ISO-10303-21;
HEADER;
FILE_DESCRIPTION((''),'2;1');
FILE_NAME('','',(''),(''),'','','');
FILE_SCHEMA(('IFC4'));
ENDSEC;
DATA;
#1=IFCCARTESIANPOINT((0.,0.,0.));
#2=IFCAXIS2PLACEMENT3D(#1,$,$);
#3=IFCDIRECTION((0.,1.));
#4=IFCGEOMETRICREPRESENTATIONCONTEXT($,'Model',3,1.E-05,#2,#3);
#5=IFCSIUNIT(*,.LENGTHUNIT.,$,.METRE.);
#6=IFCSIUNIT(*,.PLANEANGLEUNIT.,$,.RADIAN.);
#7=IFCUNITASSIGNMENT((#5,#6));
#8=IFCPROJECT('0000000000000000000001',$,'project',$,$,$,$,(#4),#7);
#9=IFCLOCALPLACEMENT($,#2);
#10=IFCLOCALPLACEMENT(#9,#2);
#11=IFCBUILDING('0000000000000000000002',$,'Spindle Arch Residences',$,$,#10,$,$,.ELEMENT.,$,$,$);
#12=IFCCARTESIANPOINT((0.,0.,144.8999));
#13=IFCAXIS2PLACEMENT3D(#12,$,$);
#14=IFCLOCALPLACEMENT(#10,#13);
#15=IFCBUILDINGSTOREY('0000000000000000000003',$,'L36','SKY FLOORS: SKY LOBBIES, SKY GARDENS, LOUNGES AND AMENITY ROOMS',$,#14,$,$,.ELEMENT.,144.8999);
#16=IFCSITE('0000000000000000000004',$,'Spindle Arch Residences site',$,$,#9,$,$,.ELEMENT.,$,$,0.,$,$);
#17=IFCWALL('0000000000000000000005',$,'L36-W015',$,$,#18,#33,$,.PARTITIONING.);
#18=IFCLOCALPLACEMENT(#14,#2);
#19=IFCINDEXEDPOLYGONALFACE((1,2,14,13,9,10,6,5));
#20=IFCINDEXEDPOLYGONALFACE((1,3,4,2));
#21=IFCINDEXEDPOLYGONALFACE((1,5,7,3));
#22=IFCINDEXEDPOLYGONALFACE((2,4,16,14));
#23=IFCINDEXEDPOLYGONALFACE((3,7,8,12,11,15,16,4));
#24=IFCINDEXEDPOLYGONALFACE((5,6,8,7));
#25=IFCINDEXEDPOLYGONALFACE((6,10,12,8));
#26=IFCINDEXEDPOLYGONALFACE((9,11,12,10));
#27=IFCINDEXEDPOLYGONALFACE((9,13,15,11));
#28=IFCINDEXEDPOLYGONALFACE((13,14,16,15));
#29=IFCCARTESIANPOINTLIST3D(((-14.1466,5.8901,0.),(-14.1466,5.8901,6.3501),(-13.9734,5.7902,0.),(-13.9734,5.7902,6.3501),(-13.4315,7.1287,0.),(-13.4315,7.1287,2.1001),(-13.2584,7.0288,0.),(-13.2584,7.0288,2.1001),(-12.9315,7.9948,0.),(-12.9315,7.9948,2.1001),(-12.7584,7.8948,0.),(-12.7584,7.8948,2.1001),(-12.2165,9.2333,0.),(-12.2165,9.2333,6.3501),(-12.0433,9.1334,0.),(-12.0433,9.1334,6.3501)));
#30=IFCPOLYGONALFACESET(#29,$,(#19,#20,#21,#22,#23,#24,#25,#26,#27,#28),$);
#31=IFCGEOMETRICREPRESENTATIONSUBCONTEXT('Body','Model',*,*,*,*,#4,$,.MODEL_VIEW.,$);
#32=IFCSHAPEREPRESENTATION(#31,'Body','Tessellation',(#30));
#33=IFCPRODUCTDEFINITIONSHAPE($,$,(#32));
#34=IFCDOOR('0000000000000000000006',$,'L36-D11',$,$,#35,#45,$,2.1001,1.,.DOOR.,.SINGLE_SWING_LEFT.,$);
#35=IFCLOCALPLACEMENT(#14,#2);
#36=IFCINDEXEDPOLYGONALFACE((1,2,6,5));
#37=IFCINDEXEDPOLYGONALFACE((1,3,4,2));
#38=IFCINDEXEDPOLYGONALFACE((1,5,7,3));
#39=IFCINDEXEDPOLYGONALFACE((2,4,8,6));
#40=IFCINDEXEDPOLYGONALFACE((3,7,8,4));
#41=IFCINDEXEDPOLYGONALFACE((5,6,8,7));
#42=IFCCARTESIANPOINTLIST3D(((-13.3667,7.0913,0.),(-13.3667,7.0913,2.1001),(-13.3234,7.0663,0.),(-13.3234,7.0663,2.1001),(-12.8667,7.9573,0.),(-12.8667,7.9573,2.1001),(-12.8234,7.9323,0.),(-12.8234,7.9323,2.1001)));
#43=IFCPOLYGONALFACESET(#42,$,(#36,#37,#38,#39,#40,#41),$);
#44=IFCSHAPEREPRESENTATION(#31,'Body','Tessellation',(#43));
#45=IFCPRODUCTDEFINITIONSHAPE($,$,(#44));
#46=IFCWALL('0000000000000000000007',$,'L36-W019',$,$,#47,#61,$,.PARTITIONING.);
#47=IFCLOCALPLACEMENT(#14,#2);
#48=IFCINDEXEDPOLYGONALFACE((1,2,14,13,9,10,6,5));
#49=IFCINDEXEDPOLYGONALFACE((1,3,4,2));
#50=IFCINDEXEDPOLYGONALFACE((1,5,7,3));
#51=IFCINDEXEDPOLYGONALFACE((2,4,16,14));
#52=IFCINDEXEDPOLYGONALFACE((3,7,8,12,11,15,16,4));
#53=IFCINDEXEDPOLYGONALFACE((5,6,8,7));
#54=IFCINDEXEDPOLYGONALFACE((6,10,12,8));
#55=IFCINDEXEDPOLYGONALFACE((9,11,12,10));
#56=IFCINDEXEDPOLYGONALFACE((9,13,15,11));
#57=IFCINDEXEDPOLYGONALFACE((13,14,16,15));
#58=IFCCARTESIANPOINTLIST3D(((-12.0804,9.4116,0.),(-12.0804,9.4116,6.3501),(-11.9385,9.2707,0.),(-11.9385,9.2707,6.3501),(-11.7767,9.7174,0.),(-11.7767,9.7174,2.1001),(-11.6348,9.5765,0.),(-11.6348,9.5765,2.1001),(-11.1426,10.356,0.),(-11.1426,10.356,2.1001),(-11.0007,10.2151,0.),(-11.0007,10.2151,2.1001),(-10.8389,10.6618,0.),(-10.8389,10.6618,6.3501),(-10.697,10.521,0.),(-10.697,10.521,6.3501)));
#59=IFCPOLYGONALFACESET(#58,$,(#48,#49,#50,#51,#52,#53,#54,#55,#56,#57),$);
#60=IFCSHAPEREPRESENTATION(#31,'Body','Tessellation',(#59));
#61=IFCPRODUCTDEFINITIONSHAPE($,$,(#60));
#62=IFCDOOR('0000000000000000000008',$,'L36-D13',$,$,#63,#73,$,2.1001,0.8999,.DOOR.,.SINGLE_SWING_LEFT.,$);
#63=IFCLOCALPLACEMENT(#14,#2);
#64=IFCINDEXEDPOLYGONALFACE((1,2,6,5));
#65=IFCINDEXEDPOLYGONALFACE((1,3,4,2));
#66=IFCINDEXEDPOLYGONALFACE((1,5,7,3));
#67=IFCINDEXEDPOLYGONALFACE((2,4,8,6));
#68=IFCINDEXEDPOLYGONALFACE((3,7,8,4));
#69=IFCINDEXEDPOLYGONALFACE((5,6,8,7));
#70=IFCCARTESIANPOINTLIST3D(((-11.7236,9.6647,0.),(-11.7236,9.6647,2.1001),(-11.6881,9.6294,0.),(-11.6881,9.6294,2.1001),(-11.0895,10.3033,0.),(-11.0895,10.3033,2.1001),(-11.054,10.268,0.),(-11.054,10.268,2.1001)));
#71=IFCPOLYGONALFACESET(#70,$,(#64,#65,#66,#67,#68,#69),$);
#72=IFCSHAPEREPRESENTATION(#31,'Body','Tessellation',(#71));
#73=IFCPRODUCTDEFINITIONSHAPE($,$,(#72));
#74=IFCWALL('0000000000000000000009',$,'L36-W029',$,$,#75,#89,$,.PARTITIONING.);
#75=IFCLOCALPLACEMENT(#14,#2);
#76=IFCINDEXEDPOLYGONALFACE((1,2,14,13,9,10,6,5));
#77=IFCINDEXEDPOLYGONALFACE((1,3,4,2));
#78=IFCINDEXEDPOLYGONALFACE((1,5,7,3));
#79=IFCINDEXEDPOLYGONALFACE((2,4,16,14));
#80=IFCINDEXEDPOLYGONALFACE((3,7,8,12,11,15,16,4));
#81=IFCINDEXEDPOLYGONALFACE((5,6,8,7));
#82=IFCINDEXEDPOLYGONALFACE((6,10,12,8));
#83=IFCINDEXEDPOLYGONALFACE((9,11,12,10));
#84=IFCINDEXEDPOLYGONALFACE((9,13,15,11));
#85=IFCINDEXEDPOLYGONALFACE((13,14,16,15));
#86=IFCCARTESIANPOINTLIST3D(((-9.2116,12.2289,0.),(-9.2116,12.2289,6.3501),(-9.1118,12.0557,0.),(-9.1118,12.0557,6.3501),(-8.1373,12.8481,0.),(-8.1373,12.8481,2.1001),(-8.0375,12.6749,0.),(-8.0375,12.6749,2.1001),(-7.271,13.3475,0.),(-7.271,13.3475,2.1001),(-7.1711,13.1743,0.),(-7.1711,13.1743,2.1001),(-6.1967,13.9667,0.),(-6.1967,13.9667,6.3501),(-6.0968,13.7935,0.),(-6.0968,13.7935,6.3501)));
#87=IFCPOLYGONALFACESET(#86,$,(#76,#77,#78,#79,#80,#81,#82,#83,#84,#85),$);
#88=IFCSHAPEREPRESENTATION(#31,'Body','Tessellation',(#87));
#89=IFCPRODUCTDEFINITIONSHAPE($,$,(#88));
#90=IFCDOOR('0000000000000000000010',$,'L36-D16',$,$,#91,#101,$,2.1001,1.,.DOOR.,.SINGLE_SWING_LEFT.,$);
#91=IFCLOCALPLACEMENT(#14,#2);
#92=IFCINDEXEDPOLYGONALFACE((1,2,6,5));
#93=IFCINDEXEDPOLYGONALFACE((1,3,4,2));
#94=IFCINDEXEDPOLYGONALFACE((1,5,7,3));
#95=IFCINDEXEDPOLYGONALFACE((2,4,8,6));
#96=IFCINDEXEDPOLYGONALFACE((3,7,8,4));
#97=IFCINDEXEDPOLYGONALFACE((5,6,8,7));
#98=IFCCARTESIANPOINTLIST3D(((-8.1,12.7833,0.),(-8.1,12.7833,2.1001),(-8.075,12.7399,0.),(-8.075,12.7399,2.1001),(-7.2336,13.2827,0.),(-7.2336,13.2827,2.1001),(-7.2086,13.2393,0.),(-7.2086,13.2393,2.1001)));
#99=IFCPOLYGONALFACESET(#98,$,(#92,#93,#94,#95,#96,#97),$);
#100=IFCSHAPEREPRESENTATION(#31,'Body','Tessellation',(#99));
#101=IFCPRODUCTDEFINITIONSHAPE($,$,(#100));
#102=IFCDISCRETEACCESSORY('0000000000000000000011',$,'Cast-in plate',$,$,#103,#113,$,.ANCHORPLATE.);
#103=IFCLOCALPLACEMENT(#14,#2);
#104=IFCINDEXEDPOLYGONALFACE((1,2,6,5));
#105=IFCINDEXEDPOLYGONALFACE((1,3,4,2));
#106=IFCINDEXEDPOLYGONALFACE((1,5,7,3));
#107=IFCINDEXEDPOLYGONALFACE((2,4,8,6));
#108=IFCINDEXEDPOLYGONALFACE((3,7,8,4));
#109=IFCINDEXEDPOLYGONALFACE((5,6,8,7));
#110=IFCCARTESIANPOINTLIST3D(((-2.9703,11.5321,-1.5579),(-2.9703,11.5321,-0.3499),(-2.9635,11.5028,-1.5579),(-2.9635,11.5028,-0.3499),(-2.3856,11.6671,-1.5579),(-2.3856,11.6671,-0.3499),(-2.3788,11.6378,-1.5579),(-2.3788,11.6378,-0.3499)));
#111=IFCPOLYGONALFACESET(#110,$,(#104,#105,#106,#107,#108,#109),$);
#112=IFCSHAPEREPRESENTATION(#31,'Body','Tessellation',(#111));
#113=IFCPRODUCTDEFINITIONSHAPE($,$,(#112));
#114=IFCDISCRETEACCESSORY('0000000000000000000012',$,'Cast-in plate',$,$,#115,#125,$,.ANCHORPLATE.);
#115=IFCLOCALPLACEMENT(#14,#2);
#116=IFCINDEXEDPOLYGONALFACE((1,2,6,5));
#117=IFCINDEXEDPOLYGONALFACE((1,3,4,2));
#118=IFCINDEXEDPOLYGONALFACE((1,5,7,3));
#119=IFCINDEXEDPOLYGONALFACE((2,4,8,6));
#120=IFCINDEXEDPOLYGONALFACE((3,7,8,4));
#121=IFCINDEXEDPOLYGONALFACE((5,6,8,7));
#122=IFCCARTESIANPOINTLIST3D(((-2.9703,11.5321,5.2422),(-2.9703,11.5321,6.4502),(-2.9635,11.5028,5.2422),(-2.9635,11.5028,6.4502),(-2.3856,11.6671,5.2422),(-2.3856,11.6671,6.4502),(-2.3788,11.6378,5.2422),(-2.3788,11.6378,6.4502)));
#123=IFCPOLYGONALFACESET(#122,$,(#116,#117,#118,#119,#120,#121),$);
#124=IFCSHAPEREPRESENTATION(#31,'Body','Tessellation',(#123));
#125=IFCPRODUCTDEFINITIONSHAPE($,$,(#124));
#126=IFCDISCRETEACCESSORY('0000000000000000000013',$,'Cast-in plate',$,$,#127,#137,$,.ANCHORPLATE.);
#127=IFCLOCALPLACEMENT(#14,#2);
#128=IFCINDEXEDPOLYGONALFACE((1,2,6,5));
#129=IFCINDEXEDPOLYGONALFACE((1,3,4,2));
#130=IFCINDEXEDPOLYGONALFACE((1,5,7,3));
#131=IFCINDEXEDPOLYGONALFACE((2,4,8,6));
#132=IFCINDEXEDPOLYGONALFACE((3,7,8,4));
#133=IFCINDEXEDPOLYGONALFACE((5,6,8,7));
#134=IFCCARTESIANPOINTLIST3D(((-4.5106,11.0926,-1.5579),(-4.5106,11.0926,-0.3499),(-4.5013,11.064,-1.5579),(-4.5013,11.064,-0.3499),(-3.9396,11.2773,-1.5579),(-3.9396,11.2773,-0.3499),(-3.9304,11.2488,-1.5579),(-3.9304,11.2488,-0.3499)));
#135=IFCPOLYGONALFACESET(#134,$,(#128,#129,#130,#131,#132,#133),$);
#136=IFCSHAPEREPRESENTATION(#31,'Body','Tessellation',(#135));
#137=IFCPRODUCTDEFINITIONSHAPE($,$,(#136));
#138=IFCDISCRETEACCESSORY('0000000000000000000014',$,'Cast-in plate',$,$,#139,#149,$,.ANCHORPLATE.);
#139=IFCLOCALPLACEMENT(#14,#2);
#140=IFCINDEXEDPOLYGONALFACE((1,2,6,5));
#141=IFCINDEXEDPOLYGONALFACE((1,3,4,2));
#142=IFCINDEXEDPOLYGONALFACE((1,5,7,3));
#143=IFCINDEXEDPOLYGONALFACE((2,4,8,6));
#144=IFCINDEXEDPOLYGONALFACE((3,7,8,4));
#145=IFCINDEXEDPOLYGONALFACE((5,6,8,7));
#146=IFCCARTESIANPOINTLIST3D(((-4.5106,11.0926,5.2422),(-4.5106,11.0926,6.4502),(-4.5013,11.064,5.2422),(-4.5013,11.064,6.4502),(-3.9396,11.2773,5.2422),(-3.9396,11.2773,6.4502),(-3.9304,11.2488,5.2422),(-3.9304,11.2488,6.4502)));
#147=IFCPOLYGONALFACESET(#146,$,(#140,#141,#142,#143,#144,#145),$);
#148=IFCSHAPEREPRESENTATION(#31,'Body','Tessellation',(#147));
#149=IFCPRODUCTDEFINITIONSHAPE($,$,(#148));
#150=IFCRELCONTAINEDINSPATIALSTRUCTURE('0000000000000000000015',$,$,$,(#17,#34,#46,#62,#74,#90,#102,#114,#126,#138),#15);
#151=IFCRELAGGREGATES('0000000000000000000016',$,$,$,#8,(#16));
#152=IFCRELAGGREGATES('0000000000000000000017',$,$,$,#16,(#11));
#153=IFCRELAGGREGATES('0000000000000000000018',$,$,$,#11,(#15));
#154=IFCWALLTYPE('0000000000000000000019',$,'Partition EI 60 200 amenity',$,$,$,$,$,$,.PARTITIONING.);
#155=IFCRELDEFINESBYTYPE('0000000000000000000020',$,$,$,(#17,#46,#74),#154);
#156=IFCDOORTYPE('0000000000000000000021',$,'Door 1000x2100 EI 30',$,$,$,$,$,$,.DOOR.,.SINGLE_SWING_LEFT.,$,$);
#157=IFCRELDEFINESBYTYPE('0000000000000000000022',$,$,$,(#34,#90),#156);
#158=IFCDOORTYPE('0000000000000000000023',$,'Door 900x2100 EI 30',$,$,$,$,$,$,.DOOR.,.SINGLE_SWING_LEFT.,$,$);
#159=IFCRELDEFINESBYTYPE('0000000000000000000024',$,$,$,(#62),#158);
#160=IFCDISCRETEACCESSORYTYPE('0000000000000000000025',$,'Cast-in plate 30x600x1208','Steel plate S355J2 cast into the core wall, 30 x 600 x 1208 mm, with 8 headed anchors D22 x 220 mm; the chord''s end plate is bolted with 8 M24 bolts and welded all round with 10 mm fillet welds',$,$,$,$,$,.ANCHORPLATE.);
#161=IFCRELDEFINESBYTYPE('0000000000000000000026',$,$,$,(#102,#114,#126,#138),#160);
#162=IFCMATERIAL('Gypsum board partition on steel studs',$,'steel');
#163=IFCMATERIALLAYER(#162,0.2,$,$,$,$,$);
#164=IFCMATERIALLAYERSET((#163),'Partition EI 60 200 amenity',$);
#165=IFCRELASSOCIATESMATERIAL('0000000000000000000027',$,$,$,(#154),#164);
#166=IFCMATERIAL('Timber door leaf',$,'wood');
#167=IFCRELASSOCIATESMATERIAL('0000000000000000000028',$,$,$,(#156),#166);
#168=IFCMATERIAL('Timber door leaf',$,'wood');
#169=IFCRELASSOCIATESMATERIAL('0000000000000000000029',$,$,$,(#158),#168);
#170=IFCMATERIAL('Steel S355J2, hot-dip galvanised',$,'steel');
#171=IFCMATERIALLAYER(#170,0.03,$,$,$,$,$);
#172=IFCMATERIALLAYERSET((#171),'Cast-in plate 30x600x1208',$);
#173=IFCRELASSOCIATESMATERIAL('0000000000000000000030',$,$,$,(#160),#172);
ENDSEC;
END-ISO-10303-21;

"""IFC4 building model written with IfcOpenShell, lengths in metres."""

from ifc_helpers import new_model, si_unit, direction, frame, frame_2d, origin, origin_2d, place, context, subcontext, project, spatial, rectangle, extrude, material, layer, layer_set, type_object, element, fill, save


model = new_model("IFC4")

# Units and contexts
model_context = context("Model", 3, precision=1e-05, world=origin(), true_north=direction((0.0, 1.0)))
body_context = subcontext(model_context, "Body", "Model", "MODEL_VIEW")
ifc_project = project(units=[si_unit("LENGTHUNIT", "METRE"), si_unit("PLANEANGLEUNIT", "RADIAN")], contexts=[model_context])

# Site, building, storey
site_placement = place(None, origin())
site = spatial("IfcSite", under=ifc_project, at=site_placement, Name="Spindle Arch Residences site", CompositionType="ELEMENT", RefElevation=0.0)
building_placement = place(site_placement, origin())
building = spatial("IfcBuilding", under=site, at=building_placement, Name="Spindle Arch Residences", CompositionType="ELEMENT")
storey_placement = place(building_placement, frame((0.0, 0.0, 144.8999)))
storey = spatial("IfcBuildingStorey", under=building, at=storey_placement, Name="L36", Description="SKY FLOORS: SKY LOBBIES, SKY GARDENS, LOUNGES AND AMENITY ROOMS", CompositionType="ELEMENT", Elevation=144.8999)

# Shared definitions
ifc_material_1 = material(Name="Gypsum board partition on steel studs", Category="steel")
ifc_layer_1 = layer(ifc_material_1, 0.2)
ifc_layer_set_1 = layer_set([ifc_layer_1], Name="Partition EI 60 200 amenity")
wall_type_1 = type_object("IfcWallType", Name="Partition EI 60 200 amenity", PredefinedType="PARTITIONING", material=ifc_layer_set_1)

# Walls, openings, doors
wall_1_placement = place(storey_placement, frame((-12.1299, 9.1833, 0.0), z_axis=(0.0, 0.0, 1.0), x_axis=(-0.499989, -0.866032, 0.0)))
wall_1 = element("IfcWall", 1, at=wall_1_placement, inside=storey, type_object=wall_type_1, Name="L36-W015", PredefinedType="PARTITIONING", context=body_context, shape_type="SweptSolid", body=[
    extrude(rectangle(XDim=3.8604, YDim=0.2, at=frame_2d((1.9302, 0.0))), origin(), (0.0, 0.0, 1.0), 6.3501),
])
opening_1_placement = place(wall_1_placement, frame((1.4302, 0.0, 0.0)))
opening_1 = element("IfcOpeningElement", 2, at=opening_1_placement, cuts=wall_1, PredefinedType="OPENING", context=body_context, shape_type="SweptSolid", body=[
    extrude(rectangle(XDim=1.0, YDim=2.1001, at=frame_2d((0.5, 1.05))), frame((0.0, 0.1099, 0.0), z_axis=(0.0, -1.0, 0.0), x_axis=(1.0, 0.0, 0.0)), (0.0, 0.0, 1.0), 0.22),
])
ifc_material_2 = material(Name="Timber door leaf", Category="wood")
door_type_1 = type_object("IfcDoorType", Name="Door 1000x2100 EI 30", OperationType="SINGLE_SWING_LEFT", PredefinedType="DOOR", material=ifc_material_2)
door_1_placement = place(opening_1_placement, origin())
door_1 = element("IfcDoor", 3, at=door_1_placement, inside=storey, type_object=door_type_1, Name="L36-D11", OperationType="SINGLE_SWING_LEFT", OverallHeight=2.1001, OverallWidth=1.0, PredefinedType="DOOR", context=body_context, shape_type="SweptSolid", body=[
    extrude(rectangle(XDim=1.0, YDim=2.1001, at=frame_2d((0.5, 1.05))), frame((0.0, 0.0249, 0.0), z_axis=(0.0, -1.0, 0.0), x_axis=(1.0, 0.0, 0.0)), (0.0, 0.0, 1.0), 0.05),
])
fill(opening_1, door_1)
wall_2_placement = place(storey_placement, frame((-10.7681, 10.5913, 0.0), z_axis=(0.0, 0.0, 1.0), x_axis=(-0.704608, -0.709597, 0.0)))
wall_2 = element("IfcWall", 4, at=wall_2_placement, inside=storey, type_object=wall_type_1, Name="L36-W019", PredefinedType="PARTITIONING", context=body_context, shape_type="SweptSolid", body=[
    extrude(rectangle(XDim=1.762, YDim=0.2, at=frame_2d((0.8809, 0.0))), origin(), (0.0, 0.0, 1.0), 6.3501),
])
opening_2_placement = place(wall_2_placement, frame((0.4309, 0.0, 0.0)))
opening_2 = element("IfcOpeningElement", 5, at=opening_2_placement, cuts=wall_2, PredefinedType="OPENING", context=body_context, shape_type="SweptSolid", body=[
    extrude(rectangle(XDim=0.8999, YDim=2.1001, at=frame_2d((0.45, 1.05))), frame((0.0, 0.1099, 0.0), z_axis=(0.0, -1.0, 0.0), x_axis=(1.0, 0.0, 0.0)), (0.0, 0.0, 1.0), 0.22),
])
ifc_material_3 = material(Name="Timber door leaf", Category="wood")
door_type_2 = type_object("IfcDoorType", Name="Door 900x2100 EI 30", OperationType="SINGLE_SWING_LEFT", PredefinedType="DOOR", material=ifc_material_3)
door_2_placement = place(opening_2_placement, origin())
door_2 = element("IfcDoor", 6, at=door_2_placement, inside=storey, type_object=door_type_2, Name="L36-D13", OperationType="SINGLE_SWING_LEFT", OverallHeight=2.1001, OverallWidth=0.8999, PredefinedType="DOOR", context=body_context, shape_type="SweptSolid", body=[
    extrude(rectangle(XDim=0.8999, YDim=2.1001, at=frame_2d((0.45, 1.05))), frame((0.0, 0.0249, 0.0), z_axis=(0.0, -1.0, 0.0), x_axis=(1.0, 0.0, 0.0)), (0.0, 0.0, 1.0), 0.05),
])
fill(opening_2, door_2)
wall_3_placement = place(storey_placement, frame((-6.1467, 13.8801, 0.0), z_axis=(0.0, 0.0, 1.0), x_axis=(-0.866381, -0.499384, 0.0)))
wall_3 = element("IfcWall", 7, at=wall_3_placement, inside=storey, type_object=wall_type_1, Name="L36-W029", PredefinedType="PARTITIONING", context=body_context, shape_type="SweptSolid", body=[
    extrude(rectangle(XDim=3.48, YDim=0.2, at=frame_2d((1.74, 0.0))), origin(), (0.0, 0.0, 1.0), 6.3501),
])
opening_3_placement = place(wall_3_placement, frame((1.24, 0.0, 0.0)))
opening_3 = element("IfcOpeningElement", 8, at=opening_3_placement, cuts=wall_3, PredefinedType="OPENING", context=body_context, shape_type="SweptSolid", body=[
    extrude(rectangle(XDim=1.0, YDim=2.1001, at=frame_2d((0.5, 1.05))), frame((0.0, 0.1099, 0.0), z_axis=(0.0, -1.0, 0.0), x_axis=(1.0, 0.0, 0.0)), (0.0, 0.0, 1.0), 0.22),
])
door_3_placement = place(opening_3_placement, origin())
door_3 = element("IfcDoor", 9, at=door_3_placement, inside=storey, type_object=door_type_1, Name="L36-D16", OperationType="SINGLE_SWING_LEFT", OverallHeight=2.1001, OverallWidth=1.0, PredefinedType="DOOR", context=body_context, shape_type="SweptSolid", body=[
    extrude(rectangle(XDim=1.0, YDim=2.1001, at=frame_2d((0.5, 1.05))), frame((0.0, 0.0249, 0.0), z_axis=(0.0, -1.0, 0.0), x_axis=(1.0, 0.0, 0.0)), (0.0, 0.0, 1.0), 0.05),
])
fill(opening_3, door_3)

# Discrete accessories
ifc_material_4 = material(Name="Steel S355J2, hot-dip galvanised", Category="steel")
ifc_layer_2 = layer(ifc_material_4, 0.03)
ifc_layer_set_2 = layer_set([ifc_layer_2], Name="Cast-in plate 30x600x1208")
discrete_accessory_type = type_object("IfcDiscreteAccessoryType", Name="Cast-in plate 30x600x1208", Description="Steel plate S355J2 cast into the core wall, 30 x 600 x 1208 mm, with 8 headed anchors D22 x 220 mm; the chord's end plate is bolted with 8 M24 bolts and welded all round with 10 mm fillet welds", PredefinedType="ANCHORPLATE", material=ifc_layer_set_2)
for number, where, z_axis, x_axis, name in (
    (10, (-2.6746, 11.585, -1.5579), (0.0, 0.0, 1.0), (-0.224949, 0.97437, 0.0), "Cast-in plate"),
    (11, (-2.6746, 11.585, 5.2422), (0.0, 0.0, 1.0), (-0.224949, 0.97437, 0.0), "Cast-in plate"),
    (12, (-4.2205, 11.1707, -1.5579), (0.0, 0.0, 1.0), (-0.307908, 0.951416, 0.0), "Cast-in plate"),
    (13, (-4.2205, 11.1707, 5.2422), (0.0, 0.0, 1.0), (-0.307908, 0.951416, 0.0), "Cast-in plate"),
):
    element("IfcDiscreteAccessory", number, at=place(storey_placement, frame(where, z_axis=z_axis, x_axis=x_axis)), inside=storey, type_object=discrete_accessory_type, Name=name, PredefinedType="ANCHORPLATE", context=body_context, shape_type="SweptSolid", body=[
        extrude(rectangle(XDim=0.03, YDim=0.6001, at=origin_2d()), origin(), (0.0, 0.0, 1.0), 1.208),
    ])

save(model, "model.ifc")
